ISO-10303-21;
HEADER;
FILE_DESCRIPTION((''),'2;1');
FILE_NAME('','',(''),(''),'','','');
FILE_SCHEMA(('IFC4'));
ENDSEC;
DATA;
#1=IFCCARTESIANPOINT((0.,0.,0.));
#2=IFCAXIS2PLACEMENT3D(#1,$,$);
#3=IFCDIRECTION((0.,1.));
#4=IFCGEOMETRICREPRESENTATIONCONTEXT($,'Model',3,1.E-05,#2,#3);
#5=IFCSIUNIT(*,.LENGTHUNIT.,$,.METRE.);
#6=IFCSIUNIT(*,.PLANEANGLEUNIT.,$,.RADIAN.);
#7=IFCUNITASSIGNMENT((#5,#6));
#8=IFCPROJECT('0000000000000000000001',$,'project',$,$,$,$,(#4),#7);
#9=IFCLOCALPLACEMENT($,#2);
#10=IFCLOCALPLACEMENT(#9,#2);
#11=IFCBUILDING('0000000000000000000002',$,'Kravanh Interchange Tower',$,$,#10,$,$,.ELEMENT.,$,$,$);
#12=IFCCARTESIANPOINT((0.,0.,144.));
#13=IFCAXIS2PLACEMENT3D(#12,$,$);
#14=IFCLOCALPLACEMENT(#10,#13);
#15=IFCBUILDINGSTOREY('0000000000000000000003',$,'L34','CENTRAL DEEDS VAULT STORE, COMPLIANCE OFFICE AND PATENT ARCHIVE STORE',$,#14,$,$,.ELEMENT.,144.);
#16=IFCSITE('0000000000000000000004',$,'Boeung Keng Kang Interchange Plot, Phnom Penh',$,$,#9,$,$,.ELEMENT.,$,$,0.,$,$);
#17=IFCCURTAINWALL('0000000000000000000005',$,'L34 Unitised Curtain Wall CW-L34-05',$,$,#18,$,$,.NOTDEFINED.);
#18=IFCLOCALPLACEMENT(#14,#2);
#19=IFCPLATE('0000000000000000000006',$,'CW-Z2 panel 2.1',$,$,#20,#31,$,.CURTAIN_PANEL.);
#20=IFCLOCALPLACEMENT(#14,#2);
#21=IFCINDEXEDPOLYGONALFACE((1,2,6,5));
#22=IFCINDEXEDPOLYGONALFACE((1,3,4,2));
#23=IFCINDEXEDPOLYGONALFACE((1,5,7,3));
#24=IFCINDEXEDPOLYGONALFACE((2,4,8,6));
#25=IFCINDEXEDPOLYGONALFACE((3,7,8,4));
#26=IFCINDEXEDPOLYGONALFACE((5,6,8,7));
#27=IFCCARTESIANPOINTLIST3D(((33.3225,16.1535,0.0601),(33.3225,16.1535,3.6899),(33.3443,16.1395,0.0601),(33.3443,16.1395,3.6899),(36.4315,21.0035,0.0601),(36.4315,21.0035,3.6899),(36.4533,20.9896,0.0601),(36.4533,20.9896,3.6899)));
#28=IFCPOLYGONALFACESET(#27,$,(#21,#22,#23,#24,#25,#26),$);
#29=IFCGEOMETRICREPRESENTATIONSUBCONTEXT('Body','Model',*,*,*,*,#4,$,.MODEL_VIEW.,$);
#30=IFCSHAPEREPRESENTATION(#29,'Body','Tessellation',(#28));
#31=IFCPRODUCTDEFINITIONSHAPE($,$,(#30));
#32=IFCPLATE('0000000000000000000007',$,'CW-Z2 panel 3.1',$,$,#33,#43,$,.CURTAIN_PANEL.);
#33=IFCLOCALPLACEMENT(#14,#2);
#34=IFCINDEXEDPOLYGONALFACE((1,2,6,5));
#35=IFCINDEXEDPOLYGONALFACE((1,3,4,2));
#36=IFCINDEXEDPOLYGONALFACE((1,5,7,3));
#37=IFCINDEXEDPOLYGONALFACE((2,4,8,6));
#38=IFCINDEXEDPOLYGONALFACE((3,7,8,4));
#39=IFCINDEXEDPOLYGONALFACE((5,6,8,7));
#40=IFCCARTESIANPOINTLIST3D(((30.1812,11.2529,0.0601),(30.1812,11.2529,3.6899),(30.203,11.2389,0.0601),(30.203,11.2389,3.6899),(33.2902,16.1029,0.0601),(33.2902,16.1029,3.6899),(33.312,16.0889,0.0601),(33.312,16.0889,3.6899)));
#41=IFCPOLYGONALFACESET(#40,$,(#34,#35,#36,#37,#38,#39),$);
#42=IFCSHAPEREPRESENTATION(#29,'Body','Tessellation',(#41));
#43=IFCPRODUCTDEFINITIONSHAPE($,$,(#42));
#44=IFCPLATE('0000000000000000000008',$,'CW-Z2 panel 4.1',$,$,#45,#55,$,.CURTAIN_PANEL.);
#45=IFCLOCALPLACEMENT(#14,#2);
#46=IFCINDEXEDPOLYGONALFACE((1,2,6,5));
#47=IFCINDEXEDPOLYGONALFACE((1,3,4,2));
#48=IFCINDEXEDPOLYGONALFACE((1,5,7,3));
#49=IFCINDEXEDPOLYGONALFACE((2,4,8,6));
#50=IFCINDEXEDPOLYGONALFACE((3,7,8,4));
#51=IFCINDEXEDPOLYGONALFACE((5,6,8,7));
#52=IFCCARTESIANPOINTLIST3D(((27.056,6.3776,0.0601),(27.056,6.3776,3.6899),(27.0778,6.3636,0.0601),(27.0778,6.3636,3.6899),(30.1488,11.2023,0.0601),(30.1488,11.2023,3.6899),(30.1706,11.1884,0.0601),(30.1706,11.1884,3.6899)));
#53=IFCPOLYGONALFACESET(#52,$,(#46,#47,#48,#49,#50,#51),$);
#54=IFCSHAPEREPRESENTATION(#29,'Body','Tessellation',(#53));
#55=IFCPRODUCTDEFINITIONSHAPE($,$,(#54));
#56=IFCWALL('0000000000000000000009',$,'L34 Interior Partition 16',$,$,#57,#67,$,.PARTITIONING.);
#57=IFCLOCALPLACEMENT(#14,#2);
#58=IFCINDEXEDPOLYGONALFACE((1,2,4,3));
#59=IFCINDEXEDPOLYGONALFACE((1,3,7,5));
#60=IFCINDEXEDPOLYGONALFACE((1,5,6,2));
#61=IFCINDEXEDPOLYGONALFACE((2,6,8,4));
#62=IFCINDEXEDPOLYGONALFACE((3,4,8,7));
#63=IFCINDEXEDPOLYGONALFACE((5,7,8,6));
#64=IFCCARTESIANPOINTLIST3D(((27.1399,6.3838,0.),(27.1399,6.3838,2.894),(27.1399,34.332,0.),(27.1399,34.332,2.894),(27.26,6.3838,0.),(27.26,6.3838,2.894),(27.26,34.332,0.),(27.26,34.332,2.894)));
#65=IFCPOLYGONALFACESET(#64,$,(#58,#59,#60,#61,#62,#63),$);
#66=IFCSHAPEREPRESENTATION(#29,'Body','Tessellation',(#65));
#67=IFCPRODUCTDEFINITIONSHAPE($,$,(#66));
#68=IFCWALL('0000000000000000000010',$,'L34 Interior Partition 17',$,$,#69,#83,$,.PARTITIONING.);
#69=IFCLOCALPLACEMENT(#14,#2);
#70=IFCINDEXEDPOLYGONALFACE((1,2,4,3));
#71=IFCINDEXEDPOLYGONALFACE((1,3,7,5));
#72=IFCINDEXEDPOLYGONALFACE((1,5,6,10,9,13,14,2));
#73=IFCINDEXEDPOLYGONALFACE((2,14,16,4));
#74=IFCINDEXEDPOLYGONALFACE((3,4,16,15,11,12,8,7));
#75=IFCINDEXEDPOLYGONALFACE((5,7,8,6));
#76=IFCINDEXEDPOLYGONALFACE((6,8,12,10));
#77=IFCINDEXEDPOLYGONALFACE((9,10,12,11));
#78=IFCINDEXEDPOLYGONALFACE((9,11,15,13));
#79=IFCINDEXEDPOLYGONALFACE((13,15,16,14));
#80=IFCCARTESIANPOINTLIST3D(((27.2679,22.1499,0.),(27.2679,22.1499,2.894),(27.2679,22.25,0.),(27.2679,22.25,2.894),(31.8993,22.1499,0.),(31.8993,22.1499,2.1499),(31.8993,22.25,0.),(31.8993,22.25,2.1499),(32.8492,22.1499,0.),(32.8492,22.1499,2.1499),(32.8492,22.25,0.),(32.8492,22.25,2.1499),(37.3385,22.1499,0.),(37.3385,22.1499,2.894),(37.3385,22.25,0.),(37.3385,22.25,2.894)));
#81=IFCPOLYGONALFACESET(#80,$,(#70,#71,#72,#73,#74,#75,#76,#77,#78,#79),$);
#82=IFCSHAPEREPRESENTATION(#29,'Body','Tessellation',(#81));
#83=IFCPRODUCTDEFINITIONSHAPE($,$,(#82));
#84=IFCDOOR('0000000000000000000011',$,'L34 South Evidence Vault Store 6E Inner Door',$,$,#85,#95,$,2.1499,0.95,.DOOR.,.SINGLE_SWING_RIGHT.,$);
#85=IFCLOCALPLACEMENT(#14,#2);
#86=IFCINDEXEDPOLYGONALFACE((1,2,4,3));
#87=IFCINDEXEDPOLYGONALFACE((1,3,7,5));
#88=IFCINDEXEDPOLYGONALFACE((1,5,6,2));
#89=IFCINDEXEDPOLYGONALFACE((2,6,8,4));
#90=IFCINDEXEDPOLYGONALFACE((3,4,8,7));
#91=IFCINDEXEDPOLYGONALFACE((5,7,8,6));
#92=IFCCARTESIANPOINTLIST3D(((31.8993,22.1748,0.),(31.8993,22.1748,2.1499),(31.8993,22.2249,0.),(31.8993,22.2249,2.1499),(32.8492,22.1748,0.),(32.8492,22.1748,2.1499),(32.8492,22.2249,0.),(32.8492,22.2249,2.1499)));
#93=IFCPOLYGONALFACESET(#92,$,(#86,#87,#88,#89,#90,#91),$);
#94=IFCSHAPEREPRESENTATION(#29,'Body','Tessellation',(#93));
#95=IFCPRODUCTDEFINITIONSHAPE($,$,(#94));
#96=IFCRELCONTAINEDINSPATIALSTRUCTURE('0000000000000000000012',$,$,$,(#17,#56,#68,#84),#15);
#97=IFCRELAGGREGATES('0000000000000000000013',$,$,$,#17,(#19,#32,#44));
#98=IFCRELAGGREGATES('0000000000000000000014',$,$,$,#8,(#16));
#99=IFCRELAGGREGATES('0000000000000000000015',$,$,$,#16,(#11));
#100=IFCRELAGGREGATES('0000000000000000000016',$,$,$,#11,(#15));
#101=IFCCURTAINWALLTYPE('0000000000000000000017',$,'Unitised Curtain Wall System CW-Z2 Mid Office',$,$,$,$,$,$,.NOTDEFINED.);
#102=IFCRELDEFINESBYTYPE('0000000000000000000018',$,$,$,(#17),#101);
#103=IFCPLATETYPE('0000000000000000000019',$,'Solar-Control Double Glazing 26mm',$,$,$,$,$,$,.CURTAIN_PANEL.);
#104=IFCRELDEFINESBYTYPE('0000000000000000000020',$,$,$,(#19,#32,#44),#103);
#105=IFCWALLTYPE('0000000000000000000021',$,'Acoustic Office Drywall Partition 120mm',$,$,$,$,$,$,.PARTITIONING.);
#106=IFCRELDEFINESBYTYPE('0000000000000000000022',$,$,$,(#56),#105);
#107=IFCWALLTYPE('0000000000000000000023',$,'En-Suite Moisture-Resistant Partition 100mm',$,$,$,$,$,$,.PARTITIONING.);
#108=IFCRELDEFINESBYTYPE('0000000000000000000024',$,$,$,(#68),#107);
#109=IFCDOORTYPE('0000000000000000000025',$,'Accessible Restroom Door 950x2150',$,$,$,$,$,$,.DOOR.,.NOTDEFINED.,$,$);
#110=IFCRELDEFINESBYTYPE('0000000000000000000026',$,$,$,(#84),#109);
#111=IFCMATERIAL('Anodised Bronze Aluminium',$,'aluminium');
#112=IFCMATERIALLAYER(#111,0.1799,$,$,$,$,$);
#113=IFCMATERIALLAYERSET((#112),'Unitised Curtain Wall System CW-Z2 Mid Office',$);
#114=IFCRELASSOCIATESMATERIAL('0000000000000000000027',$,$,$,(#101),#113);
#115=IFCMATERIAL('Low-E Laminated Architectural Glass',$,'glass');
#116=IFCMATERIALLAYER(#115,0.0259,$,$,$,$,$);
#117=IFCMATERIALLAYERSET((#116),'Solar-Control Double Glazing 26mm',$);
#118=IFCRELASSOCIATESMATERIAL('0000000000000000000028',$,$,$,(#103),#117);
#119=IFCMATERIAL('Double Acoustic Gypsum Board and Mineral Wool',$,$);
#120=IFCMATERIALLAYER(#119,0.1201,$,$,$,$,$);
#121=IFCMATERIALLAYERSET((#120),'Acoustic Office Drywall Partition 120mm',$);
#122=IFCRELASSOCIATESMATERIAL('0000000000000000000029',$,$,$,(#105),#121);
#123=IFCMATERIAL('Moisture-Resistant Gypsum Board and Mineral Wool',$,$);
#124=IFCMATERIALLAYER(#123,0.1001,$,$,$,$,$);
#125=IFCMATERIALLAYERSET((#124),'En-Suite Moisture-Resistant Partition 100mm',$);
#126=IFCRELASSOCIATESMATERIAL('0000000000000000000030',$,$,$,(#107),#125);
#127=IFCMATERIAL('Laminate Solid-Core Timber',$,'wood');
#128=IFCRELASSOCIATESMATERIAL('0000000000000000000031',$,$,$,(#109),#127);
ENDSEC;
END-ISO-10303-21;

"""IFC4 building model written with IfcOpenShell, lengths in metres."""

from ifc_helpers import new_model, si_unit, direction, frame, frame_2d, origin, origin_2d, place, context, subcontext, project, spatial, rectangle, extrude, material, layer, layer_set, type_object, element, fill, aggregate, save


model = new_model("IFC4")

# Units and contexts
model_context = context("Model", 3, precision=1e-05, world=origin(), true_north=direction((0.0, 1.0)))
body_context = subcontext(model_context, "Body", "Model", "MODEL_VIEW")
ifc_project = project(units=[si_unit("LENGTHUNIT", "METRE"), si_unit("PLANEANGLEUNIT", "RADIAN")], contexts=[model_context])

# Site, building, storey
site_placement = place(None, origin())
site = spatial("IfcSite", under=ifc_project, at=site_placement, Name="Boeung Keng Kang Interchange Plot, Phnom Penh", CompositionType="ELEMENT", RefElevation=0.0)
building_placement = place(site_placement, origin())
building = spatial("IfcBuilding", under=site, at=building_placement, Name="Kravanh Interchange Tower", CompositionType="ELEMENT")
storey_placement = place(building_placement, frame((0.0, 0.0, 144.0)))
storey = spatial("IfcBuildingStorey", under=building, at=storey_placement, Name="L34", Description="CENTRAL DEEDS VAULT STORE, COMPLIANCE OFFICE AND PATENT ARCHIVE STORE", CompositionType="ELEMENT", Elevation=144.0)

# Curtain wall
ifc_material_1 = material(Name="Anodised Bronze Aluminium", Category="aluminium")
ifc_layer_1 = layer(ifc_material_1, 0.1799)
ifc_layer_set_1 = layer_set([ifc_layer_1], Name="Unitised Curtain Wall System CW-Z2 Mid Office")
curtain_wall_type = type_object("IfcCurtainWallType", Name="Unitised Curtain Wall System CW-Z2 Mid Office", PredefinedType="NOTDEFINED", material=ifc_layer_set_1)
curtain_wall_1_placement = place(storey_placement, origin())
curtain_wall_1 = element("IfcCurtainWall", 1, at=curtain_wall_1_placement, inside=storey, type_object=curtain_wall_type, Name="L34 Unitised Curtain Wall CW-L34-05", PredefinedType="NOTDEFINED")

# Plates
ifc_material_2 = material(Name="Low-E Laminated Architectural Glass", Category="glass")
ifc_layer_2 = layer(ifc_material_2, 0.0259)
ifc_layer_set_2 = layer_set([ifc_layer_2], Name="Solar-Control Double Glazing 26mm")
plate_type = type_object("IfcPlateType", Name="Solar-Control Double Glazing 26mm", PredefinedType="CURTAIN_PANEL", material=ifc_layer_set_2)
plate_1_placement = place(storey_placement, frame((34.8879, 18.5715, 0.0601), z_axis=(0.0, 0.0, 1.0), x_axis=(-0.539665, -0.84188, 0.0)))
plate_1 = element("IfcPlate", 2, at=plate_1_placement, type_object=plate_type, Name="CW-Z2 panel 2.1", PredefinedType="CURTAIN_PANEL", context=body_context, shape_type="SweptSolid", body=[
    extrude(rectangle(XDim=5.761, YDim=0.0259, at=origin_2d()), origin(), (0.0, 0.0, 1.0), 3.6299),
])
plate_2_placement = place(storey_placement, frame((31.7466, 13.6709, 0.0601), z_axis=(0.0, 0.0, 1.0), x_axis=(-0.539665, -0.84188, 0.0)))
plate_2 = element("IfcPlate", 3, at=plate_2_placement, type_object=plate_type, Name="CW-Z2 panel 3.1", PredefinedType="CURTAIN_PANEL", context=body_context, shape_type="SweptSolid", body=[
    extrude(rectangle(XDim=5.761, YDim=0.0259, at=origin_2d()), origin(), (0.0, 0.0, 1.0), 3.6299),
])
plate_3_placement = place(storey_placement, frame((28.6133, 8.783, 0.0601), z_axis=(0.0, 0.0, 1.0), x_axis=(-0.539665, -0.84188, 0.0)))
plate_3 = element("IfcPlate", 4, at=plate_3_placement, type_object=plate_type, Name="CW-Z2 panel 4.1", PredefinedType="CURTAIN_PANEL", context=body_context, shape_type="SweptSolid", body=[
    extrude(rectangle(XDim=5.731, YDim=0.0259, at=origin_2d()), origin(), (0.0, 0.0, 1.0), 3.6299),
])
aggregate(curtain_wall_1, [plate_1, plate_2, plate_3])

# Wall
ifc_material_3 = material(Name="Double Acoustic Gypsum Board and Mineral Wool")
ifc_layer_3 = layer(ifc_material_3, 0.1201)
ifc_layer_set_3 = layer_set([ifc_layer_3], Name="Acoustic Office Drywall Partition 120mm")
wall_type_1 = type_object("IfcWallType", Name="Acoustic Office Drywall Partition 120mm", PredefinedType="PARTITIONING", material=ifc_layer_set_3)
wall_1_placement = place(storey_placement, frame((27.2, 6.3838, 0.0), z_axis=(0.0, 0.0, 1.0), x_axis=(0.0, 1.0, 0.0)))
element("IfcWall", 5, at=wall_1_placement, inside=storey, type_object=wall_type_1, Name="L34 Interior Partition 16", PredefinedType="PARTITIONING", context=body_context, shape_type="SweptSolid", body=[
    extrude(rectangle(XDim=27.9482, YDim=0.1201, at=frame_2d((13.9741, 0.0))), origin(), (0.0, 0.0, 1.0), 2.894),
])

# Wall, opening, door
ifc_material_4 = material(Name="Moisture-Resistant Gypsum Board and Mineral Wool")
ifc_layer_4 = layer(ifc_material_4, 0.1001)
ifc_layer_set_4 = layer_set([ifc_layer_4], Name="En-Suite Moisture-Resistant Partition 100mm")
wall_type_2 = type_object("IfcWallType", Name="En-Suite Moisture-Resistant Partition 100mm", PredefinedType="PARTITIONING", material=ifc_layer_set_4)
wall_2_placement = place(storey_placement, frame((27.2681, 22.2, 0.0), z_axis=(0.0, 0.0, 1.0), x_axis=(1.0, 0.0, 0.0)))
wall_2 = element("IfcWall", 6, at=wall_2_placement, inside=storey, type_object=wall_type_2, Name="L34 Interior Partition 17", PredefinedType="PARTITIONING", context=body_context, shape_type="SweptSolid", body=[
    extrude(rectangle(XDim=10.0706, YDim=0.1001, at=frame_2d((5.0352, 0.0))), origin(), (0.0, 0.0, 1.0), 2.894),
])
opening_placement = place(wall_2_placement, frame((4.6311, 0.0, 0.0)))
opening = element("IfcOpeningElement", 7, at=opening_placement, cuts=wall_2, PredefinedType="OPENING", context=body_context, shape_type="SweptSolid", body=[
    extrude(rectangle(XDim=0.95, YDim=2.1499, at=frame_2d((0.4751, 1.075))), frame((0.0, 0.0601, 0.0), z_axis=(0.0, -1.0, 0.0), x_axis=(1.0, 0.0, 0.0)), (0.0, 0.0, 1.0), 0.1201),
])
ifc_material_5 = material(Name="Laminate Solid-Core Timber", Category="wood")
door_type = type_object("IfcDoorType", Name="Accessible Restroom Door 950x2150", OperationType="NOTDEFINED", PredefinedType="DOOR", material=ifc_material_5)
door_placement = place(opening_placement, origin())
door = element("IfcDoor", 8, at=door_placement, inside=storey, type_object=door_type, Name="L34 South Evidence Vault Store 6E Inner Door", OperationType="SINGLE_SWING_RIGHT", OverallHeight=2.1499, OverallWidth=0.95, PredefinedType="DOOR", context=body_context, shape_type="SweptSolid", body=[
    extrude(rectangle(XDim=0.95, YDim=2.1499, at=frame_2d((0.4751, 1.075))), frame((0.0, 0.0249, 0.0), z_axis=(0.0, -1.0, 0.0), x_axis=(1.0, 0.0, 0.0)), (0.0, 0.0, 1.0), 0.05),
])
fill(opening, door)

save(model, "model.ifc")
